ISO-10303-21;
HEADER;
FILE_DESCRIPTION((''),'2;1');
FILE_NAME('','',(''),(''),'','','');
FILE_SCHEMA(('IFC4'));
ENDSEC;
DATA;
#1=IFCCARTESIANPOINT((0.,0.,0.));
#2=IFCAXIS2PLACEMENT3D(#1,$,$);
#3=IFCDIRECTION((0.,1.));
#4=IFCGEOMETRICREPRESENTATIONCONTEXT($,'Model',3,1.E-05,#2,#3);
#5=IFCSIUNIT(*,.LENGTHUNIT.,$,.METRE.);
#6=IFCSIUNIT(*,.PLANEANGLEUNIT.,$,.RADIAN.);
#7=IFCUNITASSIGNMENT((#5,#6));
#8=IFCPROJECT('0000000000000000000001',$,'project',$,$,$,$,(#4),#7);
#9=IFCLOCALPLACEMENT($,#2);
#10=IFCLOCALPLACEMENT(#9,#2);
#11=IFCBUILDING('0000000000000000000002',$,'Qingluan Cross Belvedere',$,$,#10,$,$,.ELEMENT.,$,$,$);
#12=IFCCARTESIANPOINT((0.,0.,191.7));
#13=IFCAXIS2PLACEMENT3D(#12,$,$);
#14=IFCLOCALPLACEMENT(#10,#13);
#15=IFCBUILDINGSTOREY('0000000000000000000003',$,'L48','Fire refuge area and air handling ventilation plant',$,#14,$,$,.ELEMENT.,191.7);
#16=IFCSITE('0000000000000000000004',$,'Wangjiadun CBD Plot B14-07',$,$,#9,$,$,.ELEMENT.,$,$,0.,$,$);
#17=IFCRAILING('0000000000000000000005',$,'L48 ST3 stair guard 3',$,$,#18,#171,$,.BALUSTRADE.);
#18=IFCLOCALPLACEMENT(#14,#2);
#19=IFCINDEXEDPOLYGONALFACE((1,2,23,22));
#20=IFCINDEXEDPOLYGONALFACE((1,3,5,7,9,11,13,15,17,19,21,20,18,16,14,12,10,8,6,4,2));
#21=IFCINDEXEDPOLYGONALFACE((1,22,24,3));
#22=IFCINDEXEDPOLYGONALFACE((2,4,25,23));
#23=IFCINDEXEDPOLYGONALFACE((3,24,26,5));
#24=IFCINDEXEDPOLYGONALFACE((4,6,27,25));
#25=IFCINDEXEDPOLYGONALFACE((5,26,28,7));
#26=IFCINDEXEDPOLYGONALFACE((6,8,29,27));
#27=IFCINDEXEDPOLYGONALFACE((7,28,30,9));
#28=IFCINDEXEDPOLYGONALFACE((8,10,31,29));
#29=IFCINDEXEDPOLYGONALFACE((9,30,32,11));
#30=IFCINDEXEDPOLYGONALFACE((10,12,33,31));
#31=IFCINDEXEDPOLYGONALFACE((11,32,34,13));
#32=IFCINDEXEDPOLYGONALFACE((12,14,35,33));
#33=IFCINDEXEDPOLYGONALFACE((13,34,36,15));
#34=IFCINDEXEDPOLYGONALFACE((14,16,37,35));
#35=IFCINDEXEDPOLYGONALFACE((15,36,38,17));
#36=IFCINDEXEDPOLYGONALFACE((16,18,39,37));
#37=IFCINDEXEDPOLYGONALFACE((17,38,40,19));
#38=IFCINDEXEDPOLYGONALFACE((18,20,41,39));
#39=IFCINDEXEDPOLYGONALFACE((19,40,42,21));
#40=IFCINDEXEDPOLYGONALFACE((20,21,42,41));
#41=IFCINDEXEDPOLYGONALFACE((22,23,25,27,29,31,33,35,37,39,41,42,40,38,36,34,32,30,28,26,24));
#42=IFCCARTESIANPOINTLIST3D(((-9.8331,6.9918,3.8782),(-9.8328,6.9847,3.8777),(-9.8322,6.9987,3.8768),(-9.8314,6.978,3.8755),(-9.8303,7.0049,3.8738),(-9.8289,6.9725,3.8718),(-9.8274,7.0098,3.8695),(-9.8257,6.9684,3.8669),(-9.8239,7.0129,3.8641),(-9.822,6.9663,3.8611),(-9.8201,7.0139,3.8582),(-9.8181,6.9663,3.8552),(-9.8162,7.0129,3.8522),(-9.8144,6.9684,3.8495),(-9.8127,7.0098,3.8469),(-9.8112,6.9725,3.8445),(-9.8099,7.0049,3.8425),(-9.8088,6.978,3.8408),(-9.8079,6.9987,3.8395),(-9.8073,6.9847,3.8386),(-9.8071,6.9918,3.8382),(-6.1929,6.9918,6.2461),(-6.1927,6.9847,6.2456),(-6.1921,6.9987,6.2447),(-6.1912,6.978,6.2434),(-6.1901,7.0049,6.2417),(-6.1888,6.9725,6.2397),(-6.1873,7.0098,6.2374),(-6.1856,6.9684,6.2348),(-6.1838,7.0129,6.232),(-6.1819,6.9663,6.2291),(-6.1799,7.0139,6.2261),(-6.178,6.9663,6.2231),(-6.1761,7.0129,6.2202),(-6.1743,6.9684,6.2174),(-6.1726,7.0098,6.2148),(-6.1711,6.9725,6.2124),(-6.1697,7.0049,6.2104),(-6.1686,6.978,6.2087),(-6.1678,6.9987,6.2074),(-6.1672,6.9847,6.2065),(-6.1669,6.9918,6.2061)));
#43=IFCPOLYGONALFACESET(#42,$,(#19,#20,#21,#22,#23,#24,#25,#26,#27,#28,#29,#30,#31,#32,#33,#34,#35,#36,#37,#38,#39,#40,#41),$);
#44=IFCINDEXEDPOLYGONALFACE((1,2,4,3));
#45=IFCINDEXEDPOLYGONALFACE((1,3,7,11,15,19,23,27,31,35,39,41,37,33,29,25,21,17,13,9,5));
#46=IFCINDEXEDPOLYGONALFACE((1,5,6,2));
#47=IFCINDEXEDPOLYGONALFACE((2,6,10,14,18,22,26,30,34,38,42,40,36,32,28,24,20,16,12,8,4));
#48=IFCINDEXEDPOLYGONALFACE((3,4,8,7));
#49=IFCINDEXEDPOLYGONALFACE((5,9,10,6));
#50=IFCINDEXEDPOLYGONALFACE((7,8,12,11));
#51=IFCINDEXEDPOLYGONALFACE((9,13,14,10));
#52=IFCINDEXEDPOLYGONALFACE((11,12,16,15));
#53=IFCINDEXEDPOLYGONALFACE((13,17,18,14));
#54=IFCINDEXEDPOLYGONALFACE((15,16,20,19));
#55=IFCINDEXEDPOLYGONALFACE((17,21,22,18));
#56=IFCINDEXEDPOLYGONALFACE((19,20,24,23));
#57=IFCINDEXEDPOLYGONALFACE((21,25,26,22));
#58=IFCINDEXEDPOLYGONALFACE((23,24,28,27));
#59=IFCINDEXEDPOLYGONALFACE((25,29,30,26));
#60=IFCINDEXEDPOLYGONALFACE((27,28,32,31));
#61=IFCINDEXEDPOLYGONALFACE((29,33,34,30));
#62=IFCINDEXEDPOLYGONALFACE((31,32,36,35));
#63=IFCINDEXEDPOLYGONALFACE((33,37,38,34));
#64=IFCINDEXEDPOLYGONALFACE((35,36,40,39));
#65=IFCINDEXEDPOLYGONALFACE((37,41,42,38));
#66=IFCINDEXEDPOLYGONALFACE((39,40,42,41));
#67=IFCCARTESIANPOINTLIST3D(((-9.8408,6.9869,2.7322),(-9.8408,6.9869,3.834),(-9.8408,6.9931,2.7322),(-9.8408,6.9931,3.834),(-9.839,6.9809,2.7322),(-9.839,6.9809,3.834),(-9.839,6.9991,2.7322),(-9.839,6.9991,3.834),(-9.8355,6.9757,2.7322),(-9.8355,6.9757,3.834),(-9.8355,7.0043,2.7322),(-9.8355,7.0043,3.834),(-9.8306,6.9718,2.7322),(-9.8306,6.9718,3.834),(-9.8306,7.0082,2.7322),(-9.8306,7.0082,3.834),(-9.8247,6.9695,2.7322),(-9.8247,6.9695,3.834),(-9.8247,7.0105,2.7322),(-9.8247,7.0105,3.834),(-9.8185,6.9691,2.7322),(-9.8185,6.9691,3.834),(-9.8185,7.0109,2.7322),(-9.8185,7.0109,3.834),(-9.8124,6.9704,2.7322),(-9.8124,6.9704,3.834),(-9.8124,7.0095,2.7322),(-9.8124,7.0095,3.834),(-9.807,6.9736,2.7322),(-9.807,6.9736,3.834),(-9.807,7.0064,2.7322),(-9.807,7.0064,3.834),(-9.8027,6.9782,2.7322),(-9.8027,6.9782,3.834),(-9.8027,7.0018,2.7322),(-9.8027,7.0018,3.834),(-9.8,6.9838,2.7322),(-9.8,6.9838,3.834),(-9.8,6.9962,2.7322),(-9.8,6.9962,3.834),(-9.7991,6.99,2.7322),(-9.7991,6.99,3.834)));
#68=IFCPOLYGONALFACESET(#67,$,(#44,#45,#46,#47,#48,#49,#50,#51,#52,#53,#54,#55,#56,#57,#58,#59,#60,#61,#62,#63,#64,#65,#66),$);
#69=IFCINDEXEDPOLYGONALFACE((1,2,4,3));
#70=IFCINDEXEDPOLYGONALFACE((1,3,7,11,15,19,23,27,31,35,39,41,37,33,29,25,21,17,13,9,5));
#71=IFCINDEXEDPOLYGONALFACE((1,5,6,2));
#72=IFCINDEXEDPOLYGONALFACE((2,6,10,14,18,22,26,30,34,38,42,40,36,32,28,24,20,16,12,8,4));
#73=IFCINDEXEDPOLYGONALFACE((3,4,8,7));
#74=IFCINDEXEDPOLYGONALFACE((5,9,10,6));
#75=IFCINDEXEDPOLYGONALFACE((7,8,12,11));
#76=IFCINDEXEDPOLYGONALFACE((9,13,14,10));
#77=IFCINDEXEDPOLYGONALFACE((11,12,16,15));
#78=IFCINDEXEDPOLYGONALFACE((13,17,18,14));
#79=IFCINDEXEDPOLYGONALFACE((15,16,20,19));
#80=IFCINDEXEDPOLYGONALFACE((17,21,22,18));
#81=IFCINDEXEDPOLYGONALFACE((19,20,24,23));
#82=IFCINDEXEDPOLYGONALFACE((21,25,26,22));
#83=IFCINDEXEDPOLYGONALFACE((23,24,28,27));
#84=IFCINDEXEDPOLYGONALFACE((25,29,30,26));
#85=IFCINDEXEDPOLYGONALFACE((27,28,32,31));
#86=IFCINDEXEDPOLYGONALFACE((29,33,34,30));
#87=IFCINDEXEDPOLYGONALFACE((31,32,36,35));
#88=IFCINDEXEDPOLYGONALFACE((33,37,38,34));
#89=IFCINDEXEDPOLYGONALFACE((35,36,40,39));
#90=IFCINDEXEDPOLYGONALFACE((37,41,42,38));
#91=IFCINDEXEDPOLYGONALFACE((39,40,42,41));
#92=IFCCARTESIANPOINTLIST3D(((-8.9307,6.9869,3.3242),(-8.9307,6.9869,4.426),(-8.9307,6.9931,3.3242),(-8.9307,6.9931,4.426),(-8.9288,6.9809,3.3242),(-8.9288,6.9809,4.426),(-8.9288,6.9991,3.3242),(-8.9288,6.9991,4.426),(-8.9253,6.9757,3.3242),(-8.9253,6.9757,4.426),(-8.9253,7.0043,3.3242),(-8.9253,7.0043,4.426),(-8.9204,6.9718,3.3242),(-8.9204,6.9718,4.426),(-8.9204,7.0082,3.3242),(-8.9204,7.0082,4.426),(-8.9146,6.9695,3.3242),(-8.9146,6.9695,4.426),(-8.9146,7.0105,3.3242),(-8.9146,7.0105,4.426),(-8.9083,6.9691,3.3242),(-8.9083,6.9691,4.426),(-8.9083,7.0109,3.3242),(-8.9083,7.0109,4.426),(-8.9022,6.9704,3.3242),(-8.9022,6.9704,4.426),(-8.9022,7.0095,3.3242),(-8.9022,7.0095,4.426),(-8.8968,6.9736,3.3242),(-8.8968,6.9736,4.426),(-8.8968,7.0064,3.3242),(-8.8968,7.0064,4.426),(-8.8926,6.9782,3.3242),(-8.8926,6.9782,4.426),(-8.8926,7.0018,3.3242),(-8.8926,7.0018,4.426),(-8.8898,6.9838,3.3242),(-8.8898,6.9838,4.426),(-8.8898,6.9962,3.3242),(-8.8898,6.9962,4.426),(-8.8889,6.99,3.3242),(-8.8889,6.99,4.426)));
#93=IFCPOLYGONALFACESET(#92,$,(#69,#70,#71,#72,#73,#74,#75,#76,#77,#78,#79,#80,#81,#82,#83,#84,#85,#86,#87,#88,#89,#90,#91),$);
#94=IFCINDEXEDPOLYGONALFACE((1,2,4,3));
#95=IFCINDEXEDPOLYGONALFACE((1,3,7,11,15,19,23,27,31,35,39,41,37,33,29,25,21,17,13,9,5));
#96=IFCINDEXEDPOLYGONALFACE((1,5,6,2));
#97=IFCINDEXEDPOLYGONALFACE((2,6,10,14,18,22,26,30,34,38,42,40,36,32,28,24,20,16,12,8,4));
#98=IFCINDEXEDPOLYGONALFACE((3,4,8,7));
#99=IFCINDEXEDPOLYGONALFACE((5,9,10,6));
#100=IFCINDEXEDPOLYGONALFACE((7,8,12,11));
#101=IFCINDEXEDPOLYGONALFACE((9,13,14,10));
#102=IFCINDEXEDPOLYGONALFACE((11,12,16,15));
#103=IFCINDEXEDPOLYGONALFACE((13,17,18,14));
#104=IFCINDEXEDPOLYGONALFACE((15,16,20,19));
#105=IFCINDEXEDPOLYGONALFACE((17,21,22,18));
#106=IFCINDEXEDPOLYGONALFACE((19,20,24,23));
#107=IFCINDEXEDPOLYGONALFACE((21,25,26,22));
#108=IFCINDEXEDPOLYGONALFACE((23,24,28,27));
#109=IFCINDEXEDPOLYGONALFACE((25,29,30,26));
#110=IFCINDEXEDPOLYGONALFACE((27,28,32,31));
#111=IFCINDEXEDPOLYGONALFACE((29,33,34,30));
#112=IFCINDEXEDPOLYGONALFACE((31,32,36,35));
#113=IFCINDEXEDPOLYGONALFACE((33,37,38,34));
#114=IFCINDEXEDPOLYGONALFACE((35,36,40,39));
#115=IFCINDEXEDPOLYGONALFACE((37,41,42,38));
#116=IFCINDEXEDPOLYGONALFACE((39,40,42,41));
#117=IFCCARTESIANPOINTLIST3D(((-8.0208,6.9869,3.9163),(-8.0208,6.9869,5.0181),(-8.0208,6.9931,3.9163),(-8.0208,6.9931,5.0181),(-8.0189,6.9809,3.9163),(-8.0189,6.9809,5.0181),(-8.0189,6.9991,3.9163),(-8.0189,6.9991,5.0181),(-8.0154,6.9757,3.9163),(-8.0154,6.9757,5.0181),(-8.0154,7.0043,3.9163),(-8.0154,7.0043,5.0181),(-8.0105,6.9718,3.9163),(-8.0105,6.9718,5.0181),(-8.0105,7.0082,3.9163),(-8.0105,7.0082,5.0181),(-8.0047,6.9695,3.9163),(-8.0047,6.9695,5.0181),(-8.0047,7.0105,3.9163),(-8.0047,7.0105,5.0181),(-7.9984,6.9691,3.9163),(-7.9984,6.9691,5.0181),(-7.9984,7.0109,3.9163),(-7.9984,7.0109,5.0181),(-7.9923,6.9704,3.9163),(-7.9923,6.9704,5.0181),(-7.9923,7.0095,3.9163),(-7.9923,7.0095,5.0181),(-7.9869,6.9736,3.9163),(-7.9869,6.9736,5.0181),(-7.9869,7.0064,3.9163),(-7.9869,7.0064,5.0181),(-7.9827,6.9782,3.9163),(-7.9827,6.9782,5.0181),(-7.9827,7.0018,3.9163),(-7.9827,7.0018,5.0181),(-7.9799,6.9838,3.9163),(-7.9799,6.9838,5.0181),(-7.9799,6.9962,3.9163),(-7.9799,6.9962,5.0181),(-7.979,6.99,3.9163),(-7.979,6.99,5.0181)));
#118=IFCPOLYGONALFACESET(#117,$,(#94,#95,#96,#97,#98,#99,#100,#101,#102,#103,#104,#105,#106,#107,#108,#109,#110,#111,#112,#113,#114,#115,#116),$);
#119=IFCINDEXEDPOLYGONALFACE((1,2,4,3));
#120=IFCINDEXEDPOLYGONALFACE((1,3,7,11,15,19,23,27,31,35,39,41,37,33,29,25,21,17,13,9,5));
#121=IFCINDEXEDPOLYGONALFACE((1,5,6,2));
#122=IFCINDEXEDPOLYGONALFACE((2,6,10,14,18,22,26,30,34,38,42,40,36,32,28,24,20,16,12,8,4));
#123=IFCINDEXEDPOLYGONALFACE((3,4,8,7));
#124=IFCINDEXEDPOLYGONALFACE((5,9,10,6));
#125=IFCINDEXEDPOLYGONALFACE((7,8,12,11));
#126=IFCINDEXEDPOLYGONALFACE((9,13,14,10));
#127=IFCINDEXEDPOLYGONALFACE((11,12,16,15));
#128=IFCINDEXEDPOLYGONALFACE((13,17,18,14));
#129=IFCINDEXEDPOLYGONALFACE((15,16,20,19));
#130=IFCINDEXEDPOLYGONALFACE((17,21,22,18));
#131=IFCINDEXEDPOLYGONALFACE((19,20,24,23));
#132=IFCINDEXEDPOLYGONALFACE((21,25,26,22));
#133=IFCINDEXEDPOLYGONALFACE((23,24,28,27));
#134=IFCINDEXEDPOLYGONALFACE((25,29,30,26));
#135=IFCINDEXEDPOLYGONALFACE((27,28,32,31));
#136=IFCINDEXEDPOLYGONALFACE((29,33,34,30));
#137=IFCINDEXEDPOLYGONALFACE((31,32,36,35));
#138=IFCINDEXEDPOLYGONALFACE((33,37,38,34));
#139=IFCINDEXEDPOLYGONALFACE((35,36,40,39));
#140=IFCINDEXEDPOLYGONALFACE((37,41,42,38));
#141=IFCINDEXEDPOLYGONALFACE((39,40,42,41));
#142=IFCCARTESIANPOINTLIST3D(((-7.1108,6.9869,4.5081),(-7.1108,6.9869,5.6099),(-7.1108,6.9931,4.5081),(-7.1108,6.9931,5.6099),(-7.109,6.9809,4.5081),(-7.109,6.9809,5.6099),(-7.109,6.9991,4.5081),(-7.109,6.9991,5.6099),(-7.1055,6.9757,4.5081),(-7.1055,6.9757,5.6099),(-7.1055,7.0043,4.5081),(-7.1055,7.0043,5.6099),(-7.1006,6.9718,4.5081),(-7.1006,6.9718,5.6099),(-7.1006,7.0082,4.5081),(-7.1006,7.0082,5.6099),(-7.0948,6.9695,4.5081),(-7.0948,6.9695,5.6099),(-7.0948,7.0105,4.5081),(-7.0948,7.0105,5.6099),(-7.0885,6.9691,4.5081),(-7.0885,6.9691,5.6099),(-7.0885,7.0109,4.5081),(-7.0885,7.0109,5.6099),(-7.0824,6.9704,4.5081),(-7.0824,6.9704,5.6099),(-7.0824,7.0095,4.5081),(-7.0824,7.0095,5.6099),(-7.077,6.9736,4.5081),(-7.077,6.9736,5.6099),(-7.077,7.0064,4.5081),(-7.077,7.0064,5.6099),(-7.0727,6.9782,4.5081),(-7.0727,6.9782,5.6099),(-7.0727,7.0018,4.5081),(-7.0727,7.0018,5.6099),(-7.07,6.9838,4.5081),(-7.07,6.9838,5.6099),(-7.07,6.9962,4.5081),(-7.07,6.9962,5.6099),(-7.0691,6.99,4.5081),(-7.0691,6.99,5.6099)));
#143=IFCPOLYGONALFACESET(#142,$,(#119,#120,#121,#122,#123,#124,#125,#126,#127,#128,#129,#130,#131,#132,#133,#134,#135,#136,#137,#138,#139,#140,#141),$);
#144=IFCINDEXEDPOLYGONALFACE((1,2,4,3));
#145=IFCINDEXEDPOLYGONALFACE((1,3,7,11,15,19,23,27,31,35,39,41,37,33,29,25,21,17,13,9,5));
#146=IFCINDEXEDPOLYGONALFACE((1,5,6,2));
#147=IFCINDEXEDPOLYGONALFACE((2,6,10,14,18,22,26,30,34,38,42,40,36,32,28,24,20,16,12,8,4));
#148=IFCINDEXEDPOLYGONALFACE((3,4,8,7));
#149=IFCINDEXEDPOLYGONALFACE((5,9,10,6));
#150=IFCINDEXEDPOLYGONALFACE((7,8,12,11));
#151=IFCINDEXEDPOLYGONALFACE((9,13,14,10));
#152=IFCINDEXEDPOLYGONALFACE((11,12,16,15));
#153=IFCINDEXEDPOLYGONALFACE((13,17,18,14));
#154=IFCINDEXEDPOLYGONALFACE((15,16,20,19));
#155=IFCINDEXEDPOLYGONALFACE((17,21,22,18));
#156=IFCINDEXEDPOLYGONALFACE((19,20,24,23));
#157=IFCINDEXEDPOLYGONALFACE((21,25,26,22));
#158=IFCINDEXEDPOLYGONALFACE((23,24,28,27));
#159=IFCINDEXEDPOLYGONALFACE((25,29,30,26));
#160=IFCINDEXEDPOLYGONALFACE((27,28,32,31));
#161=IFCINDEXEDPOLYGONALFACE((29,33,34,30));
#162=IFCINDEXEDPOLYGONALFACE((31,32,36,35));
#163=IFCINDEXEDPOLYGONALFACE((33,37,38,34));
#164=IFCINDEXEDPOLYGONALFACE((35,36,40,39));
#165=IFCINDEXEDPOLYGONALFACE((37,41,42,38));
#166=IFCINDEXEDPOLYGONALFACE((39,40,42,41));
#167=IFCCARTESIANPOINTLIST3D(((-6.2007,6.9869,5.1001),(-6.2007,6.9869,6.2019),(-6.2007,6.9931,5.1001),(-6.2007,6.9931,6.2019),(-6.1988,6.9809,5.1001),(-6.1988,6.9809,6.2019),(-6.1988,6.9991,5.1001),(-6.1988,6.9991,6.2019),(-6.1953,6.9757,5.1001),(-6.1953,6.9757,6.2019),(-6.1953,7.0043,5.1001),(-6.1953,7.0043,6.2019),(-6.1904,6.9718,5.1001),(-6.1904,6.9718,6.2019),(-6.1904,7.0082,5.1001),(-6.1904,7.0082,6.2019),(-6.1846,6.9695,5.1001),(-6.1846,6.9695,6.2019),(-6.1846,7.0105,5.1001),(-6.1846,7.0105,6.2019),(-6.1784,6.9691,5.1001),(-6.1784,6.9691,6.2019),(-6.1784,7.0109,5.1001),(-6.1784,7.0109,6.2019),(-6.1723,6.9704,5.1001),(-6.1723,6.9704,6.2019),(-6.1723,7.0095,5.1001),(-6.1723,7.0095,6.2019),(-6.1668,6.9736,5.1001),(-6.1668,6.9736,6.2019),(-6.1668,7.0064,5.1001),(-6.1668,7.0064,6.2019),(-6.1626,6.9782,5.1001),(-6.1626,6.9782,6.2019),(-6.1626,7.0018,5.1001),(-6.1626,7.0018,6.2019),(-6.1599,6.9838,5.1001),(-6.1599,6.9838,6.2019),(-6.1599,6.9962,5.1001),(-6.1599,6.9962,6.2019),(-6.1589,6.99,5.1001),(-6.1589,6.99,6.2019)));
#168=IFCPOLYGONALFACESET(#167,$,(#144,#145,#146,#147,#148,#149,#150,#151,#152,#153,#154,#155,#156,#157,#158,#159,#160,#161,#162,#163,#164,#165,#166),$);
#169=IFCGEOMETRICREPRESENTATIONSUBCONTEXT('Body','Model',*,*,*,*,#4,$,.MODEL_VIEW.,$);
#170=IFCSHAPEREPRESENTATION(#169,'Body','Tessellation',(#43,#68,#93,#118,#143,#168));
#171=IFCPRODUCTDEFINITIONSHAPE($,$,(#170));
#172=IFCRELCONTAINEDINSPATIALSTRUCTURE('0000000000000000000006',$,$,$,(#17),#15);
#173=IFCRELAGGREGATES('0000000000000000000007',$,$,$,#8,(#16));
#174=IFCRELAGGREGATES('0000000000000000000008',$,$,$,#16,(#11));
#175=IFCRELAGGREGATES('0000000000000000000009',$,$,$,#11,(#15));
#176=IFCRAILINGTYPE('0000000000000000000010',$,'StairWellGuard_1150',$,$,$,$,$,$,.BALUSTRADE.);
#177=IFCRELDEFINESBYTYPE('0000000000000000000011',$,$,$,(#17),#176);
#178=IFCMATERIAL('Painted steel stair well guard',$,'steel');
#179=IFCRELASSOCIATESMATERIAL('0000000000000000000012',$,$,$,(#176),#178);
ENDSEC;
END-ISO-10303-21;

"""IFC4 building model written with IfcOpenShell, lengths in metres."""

from ifc_helpers import new_model, si_unit, direction, frame, origin, origin_2d, place, context, subcontext, project, spatial, circle, extrude, material, type_object, element, save


model = new_model("IFC4")

# Units and contexts
model_context = context("Model", 3, precision=1e-05, world=origin(), true_north=direction((0.0, 1.0)))
body_context = subcontext(model_context, "Body", "Model", "MODEL_VIEW")
ifc_project = project(units=[si_unit("LENGTHUNIT", "METRE"), si_unit("PLANEANGLEUNIT", "RADIAN")], contexts=[model_context])

# Site, building, storey
site_placement = place(None, origin())
site = spatial("IfcSite", under=ifc_project, at=site_placement, Name="Wangjiadun CBD Plot B14-07", CompositionType="ELEMENT", RefElevation=0.0)
building_placement = place(site_placement, origin())
building = spatial("IfcBuilding", under=site, at=building_placement, Name="Qingluan Cross Belvedere", CompositionType="ELEMENT")
storey_placement = place(building_placement, frame((0.0, 0.0, 191.7)))
storey = spatial("IfcBuildingStorey", under=building, at=storey_placement, Name="L48", Description="Fire refuge area and air handling ventilation plant", CompositionType="ELEMENT", Elevation=191.7)

# Railing
ifc_material_1 = material(Name="Painted steel stair well guard", Category="steel")
railing_type_1 = type_object("IfcRailingType", Name="StairWellGuard_1150", PredefinedType="BALUSTRADE", material=ifc_material_1)
railing_1_placement = place(storey_placement, frame((-9.8201, 6.99, 2.7322)))
element("IfcRailing", 1, at=railing_1_placement, inside=storey, type_object=railing_type_1, Name="L48 ST3 stair guard 3", PredefinedType="BALUSTRADE", context=body_context, shape_type="SweptSolid", body=[
    extrude(circle(Radius=0.0239, at=origin_2d()), frame((0.0, 0.0, 1.126), z_axis=(0.838251, 0.0, 0.545285), x_axis=(0.0, 1.0, 0.0)), (0.0, 0.0, 1.0), 4.3425),
    extrude(circle(Radius=0.021, at=origin_2d()), origin(), (0.0, 0.0, 1.0), 1.1018),
    extrude(circle(Radius=0.021, at=origin_2d()), frame((0.9102, 0.0, 0.592)), (0.0, 0.0, 1.0), 1.1018),
    extrude(circle(Radius=0.021, at=origin_2d()), frame((1.8201, 0.0, 1.1841)), (0.0, 0.0, 1.0), 1.1018),
    extrude(circle(Radius=0.021, at=origin_2d()), frame((2.73, 0.0, 1.7759)), (0.0, 0.0, 1.0), 1.1018),
    extrude(circle(Radius=0.021, at=origin_2d()), frame((3.6401, 0.0, 2.3679)), (0.0, 0.0, 1.0), 1.1018),
])

save(model, "model.ifc")
